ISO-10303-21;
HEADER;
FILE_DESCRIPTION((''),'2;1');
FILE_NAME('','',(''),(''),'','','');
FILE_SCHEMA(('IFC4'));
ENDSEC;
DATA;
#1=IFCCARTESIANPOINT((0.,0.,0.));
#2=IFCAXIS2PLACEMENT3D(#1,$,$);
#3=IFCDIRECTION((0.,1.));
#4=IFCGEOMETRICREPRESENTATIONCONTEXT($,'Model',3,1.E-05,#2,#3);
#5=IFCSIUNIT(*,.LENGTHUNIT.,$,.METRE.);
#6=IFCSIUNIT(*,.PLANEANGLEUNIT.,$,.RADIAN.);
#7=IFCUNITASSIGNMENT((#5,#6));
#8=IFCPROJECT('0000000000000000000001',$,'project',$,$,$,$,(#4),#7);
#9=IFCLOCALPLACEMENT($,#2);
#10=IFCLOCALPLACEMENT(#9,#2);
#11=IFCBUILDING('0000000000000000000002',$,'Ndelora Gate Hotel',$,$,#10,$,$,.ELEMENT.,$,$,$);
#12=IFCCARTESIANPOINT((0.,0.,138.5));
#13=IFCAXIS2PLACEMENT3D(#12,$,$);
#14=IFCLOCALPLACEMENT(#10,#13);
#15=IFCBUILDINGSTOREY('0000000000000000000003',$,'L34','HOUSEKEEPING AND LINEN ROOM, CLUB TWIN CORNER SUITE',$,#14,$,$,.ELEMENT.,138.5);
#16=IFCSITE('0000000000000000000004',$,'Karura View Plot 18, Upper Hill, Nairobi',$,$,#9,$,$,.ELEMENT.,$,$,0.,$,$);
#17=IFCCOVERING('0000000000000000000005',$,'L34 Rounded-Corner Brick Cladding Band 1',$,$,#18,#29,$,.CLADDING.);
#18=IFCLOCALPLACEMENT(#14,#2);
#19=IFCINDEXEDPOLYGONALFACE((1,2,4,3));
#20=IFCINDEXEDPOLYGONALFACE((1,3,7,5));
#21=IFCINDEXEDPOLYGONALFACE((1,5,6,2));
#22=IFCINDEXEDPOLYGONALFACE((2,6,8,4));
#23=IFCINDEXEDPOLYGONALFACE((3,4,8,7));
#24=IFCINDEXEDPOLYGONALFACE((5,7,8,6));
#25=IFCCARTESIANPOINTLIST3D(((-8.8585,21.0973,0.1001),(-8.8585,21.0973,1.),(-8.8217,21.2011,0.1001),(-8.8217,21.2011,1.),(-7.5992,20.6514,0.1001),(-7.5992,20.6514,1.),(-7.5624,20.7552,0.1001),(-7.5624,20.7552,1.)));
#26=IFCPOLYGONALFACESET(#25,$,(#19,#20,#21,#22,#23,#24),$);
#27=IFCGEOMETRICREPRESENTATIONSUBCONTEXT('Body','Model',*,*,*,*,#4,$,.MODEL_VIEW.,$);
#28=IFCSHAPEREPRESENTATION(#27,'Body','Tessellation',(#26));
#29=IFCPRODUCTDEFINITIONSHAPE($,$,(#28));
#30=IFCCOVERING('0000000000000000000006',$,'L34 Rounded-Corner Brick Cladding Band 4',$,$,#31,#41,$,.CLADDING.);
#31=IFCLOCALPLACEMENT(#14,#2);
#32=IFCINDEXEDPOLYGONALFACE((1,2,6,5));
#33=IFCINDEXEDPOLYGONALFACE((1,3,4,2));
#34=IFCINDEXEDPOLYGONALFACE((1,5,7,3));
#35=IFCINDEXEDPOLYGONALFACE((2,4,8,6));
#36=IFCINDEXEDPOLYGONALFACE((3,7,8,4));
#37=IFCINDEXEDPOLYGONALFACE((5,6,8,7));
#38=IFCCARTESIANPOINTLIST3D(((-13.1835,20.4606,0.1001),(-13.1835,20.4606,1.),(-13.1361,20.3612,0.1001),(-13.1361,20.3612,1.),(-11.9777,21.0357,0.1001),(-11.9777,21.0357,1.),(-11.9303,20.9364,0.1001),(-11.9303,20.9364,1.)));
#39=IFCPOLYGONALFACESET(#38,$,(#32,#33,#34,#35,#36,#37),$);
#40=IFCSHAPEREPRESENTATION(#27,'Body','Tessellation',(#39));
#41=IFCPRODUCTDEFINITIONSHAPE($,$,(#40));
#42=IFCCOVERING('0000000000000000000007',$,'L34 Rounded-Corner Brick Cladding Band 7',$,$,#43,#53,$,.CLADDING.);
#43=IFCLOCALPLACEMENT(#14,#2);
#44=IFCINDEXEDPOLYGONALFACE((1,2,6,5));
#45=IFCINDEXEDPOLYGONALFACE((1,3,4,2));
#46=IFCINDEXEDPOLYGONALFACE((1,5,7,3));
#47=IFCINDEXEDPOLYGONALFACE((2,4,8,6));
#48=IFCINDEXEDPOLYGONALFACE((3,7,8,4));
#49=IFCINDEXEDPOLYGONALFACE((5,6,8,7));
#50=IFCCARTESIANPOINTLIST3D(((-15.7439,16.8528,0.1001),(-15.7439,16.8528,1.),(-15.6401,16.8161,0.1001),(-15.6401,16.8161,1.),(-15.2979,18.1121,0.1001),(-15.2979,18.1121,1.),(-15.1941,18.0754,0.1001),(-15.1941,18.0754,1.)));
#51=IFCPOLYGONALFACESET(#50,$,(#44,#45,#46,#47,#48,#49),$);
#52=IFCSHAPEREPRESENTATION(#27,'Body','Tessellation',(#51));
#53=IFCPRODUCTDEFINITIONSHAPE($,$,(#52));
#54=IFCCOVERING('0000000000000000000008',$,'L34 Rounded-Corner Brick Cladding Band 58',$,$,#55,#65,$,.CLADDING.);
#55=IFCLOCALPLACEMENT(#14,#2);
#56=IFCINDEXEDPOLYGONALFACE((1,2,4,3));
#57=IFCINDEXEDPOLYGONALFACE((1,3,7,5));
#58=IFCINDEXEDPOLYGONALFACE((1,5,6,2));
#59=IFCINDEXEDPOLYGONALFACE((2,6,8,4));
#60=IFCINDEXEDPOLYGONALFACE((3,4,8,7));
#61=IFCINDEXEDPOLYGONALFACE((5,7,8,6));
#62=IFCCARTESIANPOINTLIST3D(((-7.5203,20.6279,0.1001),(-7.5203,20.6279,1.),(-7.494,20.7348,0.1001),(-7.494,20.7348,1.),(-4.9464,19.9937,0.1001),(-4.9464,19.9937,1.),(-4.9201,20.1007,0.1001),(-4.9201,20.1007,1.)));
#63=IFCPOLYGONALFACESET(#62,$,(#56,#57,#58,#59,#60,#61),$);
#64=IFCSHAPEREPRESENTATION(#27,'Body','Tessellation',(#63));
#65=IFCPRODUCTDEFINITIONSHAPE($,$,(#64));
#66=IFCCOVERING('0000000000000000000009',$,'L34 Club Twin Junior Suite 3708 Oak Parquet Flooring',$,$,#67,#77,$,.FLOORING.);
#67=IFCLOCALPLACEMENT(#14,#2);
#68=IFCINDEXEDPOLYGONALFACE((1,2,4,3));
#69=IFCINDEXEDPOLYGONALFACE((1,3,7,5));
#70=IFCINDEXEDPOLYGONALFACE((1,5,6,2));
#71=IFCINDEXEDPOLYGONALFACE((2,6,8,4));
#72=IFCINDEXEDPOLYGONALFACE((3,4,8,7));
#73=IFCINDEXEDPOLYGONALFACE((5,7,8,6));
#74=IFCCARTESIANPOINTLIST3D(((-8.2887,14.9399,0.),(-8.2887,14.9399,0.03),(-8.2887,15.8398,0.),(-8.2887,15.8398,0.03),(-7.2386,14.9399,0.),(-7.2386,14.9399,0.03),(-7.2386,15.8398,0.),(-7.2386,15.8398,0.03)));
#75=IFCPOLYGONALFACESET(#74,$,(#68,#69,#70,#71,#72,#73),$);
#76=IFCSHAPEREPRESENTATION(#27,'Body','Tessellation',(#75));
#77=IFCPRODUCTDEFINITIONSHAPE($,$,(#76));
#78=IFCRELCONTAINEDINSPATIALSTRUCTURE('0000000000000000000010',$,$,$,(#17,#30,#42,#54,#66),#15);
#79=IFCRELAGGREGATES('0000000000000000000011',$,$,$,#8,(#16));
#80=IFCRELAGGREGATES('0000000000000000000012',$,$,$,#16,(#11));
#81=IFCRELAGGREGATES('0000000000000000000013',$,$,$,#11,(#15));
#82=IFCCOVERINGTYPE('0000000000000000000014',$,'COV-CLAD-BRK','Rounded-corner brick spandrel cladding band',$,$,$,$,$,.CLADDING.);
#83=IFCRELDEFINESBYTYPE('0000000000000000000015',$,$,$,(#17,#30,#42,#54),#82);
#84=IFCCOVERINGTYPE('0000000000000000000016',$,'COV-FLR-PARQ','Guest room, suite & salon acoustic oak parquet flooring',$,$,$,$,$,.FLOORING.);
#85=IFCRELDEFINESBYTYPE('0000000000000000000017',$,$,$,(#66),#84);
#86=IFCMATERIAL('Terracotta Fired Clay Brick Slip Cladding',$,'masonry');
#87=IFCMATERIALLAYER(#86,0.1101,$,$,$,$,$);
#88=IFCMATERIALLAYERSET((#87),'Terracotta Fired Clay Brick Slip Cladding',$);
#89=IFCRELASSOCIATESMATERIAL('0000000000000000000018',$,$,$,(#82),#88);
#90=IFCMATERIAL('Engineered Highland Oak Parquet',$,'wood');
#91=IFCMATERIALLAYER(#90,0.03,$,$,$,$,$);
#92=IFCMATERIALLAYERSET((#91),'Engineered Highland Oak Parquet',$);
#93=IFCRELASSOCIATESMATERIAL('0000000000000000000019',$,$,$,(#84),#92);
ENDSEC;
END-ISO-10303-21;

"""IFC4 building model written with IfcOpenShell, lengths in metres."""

from ifc_helpers import new_model, si_unit, direction, frame, origin, origin_2d, place, context, subcontext, project, spatial, rectangle, extrude, material, layer, layer_set, type_object, element, save


model = new_model("IFC4")

# Units and contexts
model_context = context("Model", 3, precision=1e-05, world=origin(), true_north=direction((0.0, 1.0)))
body_context = subcontext(model_context, "Body", "Model", "MODEL_VIEW")
ifc_project = project(units=[si_unit("LENGTHUNIT", "METRE"), si_unit("PLANEANGLEUNIT", "RADIAN")], contexts=[model_context])

# Site, building, storey
site_placement = place(None, origin())
site = spatial("IfcSite", under=ifc_project, at=site_placement, Name="Karura View Plot 18, Upper Hill, Nairobi", CompositionType="ELEMENT", RefElevation=0.0)
building_placement = place(site_placement, origin())
building = spatial("IfcBuilding", under=site, at=building_placement, Name="Ndelora Gate Hotel", CompositionType="ELEMENT")
storey_placement = place(building_placement, frame((0.0, 0.0, 138.5)))
storey = spatial("IfcBuildingStorey", under=building, at=storey_placement, Name="L34", Description="HOUSEKEEPING AND LINEN ROOM, CLUB TWIN CORNER SUITE", CompositionType="ELEMENT", Elevation=138.5)

# Coverings
ifc_material_1 = material(Name="Terracotta Fired Clay Brick Slip Cladding", Category="masonry")
ifc_layer_1 = layer(ifc_material_1, 0.1101)
ifc_layer_set_1 = layer_set([ifc_layer_1], Name="Terracotta Fired Clay Brick Slip Cladding")
covering_type_1 = type_object("IfcCoveringType", Name="COV-CLAD-BRK", Description="Rounded-corner brick spandrel cladding band", PredefinedType="CLADDING", material=ifc_layer_set_1)
for number, where, z_axis, x_axis, name in (
    (1, (-8.2104, 20.9263, 0.1001), (0.0, 0.0, 1.0), (-0.942641, 0.333807, 0.0), "L34 Rounded-Corner Brick Cladding Band 1"),
    (2, (-12.5569, 20.6985, 0.1001), (0.0, 0.0, 1.0), (0.902585, 0.430511, 0.0), "L34 Rounded-Corner Brick Cladding Band 4"),
    (3, (-15.469, 17.4641, 0.1001), (0.0, 0.0, 1.0), (0.333807, 0.942641, 0.0), "L34 Rounded-Corner Brick Cladding Band 7"),
):
    element("IfcCovering", number, at=place(storey_placement, frame(where, z_axis=z_axis, x_axis=x_axis)), inside=storey, type_object=covering_type_1, Name=name, PredefinedType="CLADDING", context=body_context, shape_type="SweptSolid", body=[
        extrude(rectangle(XDim=1.3359, YDim=0.1101, at=origin_2d()), origin(), (0.0, 0.0, 1.0), 0.8999),
    ])
covering_1_placement = place(storey_placement, frame((-6.2202, 20.3643, 0.1001), z_axis=(0.0, 0.0, 1.0), x_axis=(-0.970968, 0.239211, 0.0)))
element("IfcCovering", 4, at=covering_1_placement, inside=storey, type_object=covering_type_1, Name="L34 Rounded-Corner Brick Cladding Band 58", PredefinedType="CLADDING", context=body_context, shape_type="SweptSolid", body=[
    extrude(rectangle(XDim=2.6509, YDim=0.1101, at=origin_2d()), origin(), (0.0, 0.0, 1.0), 0.8999),
])
ifc_material_2 = material(Name="Engineered Highland Oak Parquet", Category="wood")
ifc_layer_2 = layer(ifc_material_2, 0.03)
ifc_layer_set_2 = layer_set([ifc_layer_2], Name="Engineered Highland Oak Parquet")
covering_type_2 = type_object("IfcCoveringType", Name="COV-FLR-PARQ", Description="Guest room, suite & salon acoustic oak parquet flooring", PredefinedType="FLOORING", material=ifc_layer_set_2)
covering_2_placement = place(storey_placement, frame((-7.7637, 15.3899, 0.0), z_axis=(0.0, 0.0, 1.0), x_axis=(1.0, 0.0, 0.0)))
element("IfcCovering", 5, at=covering_2_placement, inside=storey, type_object=covering_type_2, Name="L34 Club Twin Junior Suite 3708 Oak Parquet Flooring", PredefinedType="FLOORING", context=body_context, shape_type="SweptSolid", body=[
    extrude(rectangle(XDim=1.05, YDim=0.8999, at=origin_2d()), origin(), (0.0, 0.0, 1.0), 0.03),
])

save(model, "model.ifc")
